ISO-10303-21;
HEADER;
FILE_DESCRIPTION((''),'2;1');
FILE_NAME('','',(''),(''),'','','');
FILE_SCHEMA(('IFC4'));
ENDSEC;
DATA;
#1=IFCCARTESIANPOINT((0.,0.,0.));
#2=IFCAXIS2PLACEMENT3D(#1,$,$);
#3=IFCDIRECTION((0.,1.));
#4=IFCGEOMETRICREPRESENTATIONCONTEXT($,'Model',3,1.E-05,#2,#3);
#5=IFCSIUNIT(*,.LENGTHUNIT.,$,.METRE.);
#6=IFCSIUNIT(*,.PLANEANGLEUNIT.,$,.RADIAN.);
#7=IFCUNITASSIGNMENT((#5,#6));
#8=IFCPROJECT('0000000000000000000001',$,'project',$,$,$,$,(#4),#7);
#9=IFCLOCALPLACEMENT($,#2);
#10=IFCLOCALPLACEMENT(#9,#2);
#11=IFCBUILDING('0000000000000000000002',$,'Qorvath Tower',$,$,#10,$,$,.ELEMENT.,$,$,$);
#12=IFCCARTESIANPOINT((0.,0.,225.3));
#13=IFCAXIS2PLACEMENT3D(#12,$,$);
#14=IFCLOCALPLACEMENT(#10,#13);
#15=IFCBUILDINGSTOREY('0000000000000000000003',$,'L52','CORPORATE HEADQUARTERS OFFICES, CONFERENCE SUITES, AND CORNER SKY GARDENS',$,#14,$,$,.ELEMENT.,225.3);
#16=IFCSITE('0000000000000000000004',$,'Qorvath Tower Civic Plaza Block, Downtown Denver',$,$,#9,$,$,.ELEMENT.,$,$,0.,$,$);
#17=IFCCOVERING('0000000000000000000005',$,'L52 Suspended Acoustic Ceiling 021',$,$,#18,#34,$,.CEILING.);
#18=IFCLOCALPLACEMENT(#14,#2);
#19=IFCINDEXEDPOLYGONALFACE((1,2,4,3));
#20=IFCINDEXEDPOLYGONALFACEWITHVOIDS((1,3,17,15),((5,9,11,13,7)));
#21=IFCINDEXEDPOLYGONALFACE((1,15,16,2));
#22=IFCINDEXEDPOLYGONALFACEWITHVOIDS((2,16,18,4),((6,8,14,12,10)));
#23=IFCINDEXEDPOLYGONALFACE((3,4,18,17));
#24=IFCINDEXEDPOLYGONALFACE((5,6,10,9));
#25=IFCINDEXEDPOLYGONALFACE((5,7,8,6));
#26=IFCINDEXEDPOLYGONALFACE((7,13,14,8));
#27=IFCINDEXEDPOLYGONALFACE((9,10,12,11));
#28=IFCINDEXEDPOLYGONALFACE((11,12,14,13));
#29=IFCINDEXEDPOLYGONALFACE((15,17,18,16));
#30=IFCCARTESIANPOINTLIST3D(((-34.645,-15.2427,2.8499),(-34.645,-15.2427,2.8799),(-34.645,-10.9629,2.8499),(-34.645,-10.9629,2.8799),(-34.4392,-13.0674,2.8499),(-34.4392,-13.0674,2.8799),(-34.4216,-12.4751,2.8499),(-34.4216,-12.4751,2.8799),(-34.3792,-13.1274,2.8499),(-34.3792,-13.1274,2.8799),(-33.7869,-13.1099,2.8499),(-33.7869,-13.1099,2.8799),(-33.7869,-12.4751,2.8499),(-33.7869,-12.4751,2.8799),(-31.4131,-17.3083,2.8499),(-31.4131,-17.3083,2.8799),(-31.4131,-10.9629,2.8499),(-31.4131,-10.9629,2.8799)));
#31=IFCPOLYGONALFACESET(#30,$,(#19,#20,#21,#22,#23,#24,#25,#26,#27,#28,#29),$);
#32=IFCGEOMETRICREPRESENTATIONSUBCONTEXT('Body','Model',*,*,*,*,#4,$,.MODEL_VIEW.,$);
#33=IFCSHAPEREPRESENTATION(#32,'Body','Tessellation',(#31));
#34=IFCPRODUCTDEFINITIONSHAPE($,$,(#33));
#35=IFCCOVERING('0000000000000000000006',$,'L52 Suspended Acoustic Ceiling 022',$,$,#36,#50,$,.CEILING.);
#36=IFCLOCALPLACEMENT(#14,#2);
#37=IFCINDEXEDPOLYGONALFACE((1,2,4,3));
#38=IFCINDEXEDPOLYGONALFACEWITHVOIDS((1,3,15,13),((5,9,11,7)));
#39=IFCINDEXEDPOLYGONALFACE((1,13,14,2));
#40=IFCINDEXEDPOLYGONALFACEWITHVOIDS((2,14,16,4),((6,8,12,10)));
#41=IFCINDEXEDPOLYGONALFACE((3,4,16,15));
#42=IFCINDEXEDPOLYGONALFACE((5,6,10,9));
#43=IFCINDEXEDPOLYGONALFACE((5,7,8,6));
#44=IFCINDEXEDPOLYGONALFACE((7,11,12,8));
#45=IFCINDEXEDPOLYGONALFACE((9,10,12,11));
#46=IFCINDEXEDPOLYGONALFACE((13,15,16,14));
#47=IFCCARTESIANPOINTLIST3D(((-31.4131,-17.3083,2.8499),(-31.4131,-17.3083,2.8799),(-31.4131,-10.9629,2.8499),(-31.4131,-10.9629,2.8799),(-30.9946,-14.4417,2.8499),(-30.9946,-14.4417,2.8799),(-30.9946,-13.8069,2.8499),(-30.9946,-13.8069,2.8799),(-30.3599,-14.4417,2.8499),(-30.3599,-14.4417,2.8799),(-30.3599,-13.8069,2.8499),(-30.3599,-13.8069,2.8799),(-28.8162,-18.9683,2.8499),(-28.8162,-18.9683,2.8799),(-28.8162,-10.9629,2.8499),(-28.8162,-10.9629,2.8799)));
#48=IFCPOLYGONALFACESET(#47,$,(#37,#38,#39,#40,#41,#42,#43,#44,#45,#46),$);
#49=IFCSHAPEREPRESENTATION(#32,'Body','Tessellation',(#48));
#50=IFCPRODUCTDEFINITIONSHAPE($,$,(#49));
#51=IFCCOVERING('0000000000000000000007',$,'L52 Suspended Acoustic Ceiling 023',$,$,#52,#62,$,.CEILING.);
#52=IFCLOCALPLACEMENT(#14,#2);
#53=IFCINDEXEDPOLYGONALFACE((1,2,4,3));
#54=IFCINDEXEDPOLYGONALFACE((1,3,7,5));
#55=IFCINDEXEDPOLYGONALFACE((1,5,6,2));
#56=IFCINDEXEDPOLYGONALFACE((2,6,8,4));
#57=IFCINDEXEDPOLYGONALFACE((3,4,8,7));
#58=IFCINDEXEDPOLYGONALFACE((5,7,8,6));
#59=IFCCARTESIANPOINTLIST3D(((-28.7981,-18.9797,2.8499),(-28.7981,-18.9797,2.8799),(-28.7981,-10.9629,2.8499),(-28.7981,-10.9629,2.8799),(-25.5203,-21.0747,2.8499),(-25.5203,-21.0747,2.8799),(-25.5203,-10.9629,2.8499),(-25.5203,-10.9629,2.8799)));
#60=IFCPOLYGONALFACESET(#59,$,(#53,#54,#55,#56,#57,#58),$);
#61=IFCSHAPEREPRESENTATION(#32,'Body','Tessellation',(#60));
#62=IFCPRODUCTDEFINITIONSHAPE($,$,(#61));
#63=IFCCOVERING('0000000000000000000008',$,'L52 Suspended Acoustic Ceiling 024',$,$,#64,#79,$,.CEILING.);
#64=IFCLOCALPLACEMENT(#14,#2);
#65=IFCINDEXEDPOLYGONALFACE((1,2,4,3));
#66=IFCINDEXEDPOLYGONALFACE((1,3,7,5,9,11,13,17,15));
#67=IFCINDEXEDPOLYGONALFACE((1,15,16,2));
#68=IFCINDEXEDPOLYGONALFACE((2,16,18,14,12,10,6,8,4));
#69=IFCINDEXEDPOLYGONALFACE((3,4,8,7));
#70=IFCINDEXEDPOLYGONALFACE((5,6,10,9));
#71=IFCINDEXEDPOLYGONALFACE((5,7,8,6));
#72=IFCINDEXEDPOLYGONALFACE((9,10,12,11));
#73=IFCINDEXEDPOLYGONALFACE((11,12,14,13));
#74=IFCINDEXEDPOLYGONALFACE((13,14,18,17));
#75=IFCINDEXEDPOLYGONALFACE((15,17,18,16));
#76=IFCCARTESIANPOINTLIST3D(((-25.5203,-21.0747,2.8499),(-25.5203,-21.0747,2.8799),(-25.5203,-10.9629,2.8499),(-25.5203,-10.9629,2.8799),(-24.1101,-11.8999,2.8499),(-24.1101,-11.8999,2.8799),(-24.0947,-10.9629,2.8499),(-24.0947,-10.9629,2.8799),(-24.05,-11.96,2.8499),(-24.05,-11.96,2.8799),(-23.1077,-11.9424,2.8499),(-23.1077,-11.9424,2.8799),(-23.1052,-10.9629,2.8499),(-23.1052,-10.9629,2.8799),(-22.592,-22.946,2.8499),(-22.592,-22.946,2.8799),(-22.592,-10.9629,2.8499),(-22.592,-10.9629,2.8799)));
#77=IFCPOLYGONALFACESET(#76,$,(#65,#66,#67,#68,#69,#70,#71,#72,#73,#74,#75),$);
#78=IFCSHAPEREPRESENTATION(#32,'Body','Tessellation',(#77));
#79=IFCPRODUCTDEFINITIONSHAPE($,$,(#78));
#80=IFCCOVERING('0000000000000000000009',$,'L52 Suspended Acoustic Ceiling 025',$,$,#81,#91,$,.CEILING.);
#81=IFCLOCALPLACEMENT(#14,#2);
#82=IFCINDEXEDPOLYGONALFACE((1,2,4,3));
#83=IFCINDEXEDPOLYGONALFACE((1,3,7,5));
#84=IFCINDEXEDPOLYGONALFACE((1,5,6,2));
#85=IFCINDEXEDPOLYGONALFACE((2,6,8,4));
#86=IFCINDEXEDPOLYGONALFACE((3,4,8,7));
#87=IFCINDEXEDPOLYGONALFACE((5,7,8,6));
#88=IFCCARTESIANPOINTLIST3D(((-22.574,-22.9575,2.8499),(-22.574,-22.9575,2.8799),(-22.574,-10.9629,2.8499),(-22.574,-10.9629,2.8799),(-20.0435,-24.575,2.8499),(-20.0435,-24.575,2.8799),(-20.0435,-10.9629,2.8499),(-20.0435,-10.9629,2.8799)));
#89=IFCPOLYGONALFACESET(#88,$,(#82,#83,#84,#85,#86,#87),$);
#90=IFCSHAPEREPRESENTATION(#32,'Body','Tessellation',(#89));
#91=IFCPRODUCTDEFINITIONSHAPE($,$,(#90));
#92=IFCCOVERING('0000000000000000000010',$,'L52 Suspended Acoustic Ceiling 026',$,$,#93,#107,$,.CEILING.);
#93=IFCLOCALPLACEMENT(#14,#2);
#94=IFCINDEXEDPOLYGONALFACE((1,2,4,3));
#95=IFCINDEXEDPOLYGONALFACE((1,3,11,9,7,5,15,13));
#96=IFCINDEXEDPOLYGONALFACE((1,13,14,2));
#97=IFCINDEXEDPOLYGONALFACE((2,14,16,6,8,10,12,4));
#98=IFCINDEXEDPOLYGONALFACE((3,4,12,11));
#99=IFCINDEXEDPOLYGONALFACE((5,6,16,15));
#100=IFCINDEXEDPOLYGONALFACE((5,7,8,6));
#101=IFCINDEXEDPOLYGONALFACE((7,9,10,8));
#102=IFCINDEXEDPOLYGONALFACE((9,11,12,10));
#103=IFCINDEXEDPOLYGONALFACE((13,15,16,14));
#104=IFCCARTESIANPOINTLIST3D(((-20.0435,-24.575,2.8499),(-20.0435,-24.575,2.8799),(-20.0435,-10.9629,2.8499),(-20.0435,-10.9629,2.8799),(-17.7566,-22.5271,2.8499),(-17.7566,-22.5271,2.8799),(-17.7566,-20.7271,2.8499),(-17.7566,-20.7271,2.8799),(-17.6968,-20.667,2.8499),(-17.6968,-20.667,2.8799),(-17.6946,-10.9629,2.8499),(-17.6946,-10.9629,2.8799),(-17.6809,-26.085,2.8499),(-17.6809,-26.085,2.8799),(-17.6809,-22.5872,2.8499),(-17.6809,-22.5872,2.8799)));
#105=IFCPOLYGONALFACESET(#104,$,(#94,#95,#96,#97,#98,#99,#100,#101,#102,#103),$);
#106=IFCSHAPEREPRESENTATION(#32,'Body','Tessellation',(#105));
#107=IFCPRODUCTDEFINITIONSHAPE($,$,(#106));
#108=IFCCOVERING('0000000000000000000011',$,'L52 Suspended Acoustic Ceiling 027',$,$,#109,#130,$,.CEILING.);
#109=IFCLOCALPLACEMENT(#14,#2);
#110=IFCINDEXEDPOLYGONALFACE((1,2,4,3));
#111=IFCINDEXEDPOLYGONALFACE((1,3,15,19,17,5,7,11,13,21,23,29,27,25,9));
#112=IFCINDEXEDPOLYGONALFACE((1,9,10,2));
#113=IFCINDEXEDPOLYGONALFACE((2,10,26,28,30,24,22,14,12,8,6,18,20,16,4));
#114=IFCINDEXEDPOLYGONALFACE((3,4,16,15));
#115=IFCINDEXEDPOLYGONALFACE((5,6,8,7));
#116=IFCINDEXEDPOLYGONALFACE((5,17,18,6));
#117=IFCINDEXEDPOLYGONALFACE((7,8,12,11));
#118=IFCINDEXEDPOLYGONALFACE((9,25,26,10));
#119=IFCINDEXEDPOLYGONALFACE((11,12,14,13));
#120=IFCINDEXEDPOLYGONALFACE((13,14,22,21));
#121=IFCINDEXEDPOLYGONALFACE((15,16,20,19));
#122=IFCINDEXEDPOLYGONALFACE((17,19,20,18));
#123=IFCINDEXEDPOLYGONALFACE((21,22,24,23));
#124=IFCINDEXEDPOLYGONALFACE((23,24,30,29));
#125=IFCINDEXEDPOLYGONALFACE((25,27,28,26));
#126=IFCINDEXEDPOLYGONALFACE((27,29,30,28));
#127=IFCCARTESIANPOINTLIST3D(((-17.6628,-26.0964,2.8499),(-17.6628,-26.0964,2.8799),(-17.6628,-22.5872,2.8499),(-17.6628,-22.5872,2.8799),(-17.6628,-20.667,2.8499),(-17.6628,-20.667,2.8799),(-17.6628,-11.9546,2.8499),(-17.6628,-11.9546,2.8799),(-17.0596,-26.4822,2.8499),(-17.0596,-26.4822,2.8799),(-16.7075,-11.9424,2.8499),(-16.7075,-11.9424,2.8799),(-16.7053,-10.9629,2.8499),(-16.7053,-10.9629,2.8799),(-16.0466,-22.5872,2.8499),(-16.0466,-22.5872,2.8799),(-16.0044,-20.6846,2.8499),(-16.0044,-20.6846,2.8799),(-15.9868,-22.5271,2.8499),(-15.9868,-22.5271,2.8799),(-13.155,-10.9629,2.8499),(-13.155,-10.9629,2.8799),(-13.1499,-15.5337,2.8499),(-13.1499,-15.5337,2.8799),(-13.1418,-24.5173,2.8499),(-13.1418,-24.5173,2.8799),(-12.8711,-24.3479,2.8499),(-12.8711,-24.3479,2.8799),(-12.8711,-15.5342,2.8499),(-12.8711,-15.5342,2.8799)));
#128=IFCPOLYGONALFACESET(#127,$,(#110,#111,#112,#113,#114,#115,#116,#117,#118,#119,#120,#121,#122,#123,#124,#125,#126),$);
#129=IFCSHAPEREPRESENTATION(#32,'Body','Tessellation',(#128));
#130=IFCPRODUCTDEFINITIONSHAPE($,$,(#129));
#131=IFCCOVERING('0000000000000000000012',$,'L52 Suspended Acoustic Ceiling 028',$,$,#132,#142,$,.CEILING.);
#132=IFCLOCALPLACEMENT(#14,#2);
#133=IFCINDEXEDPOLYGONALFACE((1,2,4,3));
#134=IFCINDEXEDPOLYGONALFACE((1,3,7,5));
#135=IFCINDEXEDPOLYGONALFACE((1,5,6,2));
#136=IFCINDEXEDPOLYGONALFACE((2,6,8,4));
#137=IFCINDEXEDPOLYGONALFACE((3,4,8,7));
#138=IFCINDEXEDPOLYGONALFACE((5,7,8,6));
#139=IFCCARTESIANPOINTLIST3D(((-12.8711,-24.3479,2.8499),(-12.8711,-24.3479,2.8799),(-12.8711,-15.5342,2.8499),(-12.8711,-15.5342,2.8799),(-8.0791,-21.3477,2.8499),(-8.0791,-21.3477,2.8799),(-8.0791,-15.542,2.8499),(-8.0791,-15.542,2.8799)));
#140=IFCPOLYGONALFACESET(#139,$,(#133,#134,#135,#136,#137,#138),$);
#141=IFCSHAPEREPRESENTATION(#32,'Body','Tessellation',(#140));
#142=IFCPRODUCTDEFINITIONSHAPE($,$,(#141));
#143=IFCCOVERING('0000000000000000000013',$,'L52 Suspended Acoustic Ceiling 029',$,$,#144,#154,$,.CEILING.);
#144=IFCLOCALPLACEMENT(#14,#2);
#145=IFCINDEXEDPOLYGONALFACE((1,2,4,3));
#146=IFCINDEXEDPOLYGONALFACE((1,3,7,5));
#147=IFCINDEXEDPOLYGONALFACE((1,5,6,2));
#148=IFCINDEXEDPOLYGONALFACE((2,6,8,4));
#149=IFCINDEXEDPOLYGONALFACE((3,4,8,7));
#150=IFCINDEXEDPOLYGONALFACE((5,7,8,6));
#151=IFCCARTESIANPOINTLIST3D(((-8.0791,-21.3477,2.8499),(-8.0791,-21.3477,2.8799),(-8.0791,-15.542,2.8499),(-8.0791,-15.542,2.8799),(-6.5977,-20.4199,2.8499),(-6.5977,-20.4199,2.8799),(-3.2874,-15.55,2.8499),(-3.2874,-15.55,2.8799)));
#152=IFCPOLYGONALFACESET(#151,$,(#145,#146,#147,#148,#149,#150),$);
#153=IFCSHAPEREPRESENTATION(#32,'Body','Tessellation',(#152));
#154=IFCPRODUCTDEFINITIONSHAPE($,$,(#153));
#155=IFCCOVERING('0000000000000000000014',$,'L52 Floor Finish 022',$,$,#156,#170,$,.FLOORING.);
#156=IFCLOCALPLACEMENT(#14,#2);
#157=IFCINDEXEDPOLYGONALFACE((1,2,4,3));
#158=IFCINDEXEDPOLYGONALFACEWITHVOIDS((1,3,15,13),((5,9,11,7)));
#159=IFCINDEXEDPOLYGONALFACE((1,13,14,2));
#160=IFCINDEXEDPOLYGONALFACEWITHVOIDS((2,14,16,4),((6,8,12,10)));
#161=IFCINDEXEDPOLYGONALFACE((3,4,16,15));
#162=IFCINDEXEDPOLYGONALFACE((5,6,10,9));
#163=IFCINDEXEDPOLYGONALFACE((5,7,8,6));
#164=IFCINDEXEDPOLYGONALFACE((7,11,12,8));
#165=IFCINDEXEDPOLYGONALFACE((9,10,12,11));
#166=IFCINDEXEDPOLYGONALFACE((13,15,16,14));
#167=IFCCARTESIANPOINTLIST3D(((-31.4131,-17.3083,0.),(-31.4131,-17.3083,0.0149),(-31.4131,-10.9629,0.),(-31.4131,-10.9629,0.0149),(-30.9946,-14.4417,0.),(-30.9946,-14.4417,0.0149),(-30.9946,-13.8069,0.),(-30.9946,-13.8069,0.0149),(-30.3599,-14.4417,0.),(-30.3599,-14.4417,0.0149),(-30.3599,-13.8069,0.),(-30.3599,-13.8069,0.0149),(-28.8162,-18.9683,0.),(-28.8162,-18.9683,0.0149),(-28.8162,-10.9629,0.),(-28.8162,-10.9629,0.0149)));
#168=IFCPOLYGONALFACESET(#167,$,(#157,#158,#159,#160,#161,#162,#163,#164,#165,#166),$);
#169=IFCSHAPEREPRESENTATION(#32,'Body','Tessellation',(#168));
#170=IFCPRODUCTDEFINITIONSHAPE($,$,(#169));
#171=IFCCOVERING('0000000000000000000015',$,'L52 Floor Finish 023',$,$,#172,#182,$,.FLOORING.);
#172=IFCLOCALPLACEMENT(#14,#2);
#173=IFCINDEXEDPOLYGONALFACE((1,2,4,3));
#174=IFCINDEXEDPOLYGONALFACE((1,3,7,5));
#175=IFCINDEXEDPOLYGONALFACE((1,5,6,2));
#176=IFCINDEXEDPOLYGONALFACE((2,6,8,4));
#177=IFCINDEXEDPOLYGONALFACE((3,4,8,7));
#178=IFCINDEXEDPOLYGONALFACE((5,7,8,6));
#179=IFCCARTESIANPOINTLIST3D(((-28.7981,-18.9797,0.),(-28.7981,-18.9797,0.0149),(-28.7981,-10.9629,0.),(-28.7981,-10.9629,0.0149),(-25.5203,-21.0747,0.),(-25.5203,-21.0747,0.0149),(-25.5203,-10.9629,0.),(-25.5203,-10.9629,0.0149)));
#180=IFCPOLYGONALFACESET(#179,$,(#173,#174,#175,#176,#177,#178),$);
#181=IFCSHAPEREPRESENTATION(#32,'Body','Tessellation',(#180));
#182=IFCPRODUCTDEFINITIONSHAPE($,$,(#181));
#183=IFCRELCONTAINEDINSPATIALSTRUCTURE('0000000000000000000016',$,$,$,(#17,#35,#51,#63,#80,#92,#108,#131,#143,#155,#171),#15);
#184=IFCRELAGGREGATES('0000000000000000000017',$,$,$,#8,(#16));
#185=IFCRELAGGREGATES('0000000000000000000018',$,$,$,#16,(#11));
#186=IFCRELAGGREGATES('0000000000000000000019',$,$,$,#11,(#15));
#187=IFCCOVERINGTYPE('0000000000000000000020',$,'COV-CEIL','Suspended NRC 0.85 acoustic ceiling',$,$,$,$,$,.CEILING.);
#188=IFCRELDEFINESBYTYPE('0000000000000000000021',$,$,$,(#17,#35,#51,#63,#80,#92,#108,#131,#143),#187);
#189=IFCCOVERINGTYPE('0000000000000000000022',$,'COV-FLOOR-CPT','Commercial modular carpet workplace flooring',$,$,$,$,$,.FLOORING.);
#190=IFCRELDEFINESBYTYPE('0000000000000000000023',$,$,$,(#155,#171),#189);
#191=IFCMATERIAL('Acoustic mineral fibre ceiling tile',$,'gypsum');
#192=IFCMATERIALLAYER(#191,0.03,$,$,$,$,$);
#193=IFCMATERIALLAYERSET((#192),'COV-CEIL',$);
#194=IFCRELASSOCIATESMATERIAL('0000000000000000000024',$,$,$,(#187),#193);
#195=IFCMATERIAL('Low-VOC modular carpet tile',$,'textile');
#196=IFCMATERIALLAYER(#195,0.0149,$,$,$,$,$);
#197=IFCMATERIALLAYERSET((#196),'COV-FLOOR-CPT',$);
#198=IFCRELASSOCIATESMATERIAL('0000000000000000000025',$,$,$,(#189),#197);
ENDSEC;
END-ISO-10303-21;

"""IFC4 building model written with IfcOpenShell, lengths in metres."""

from ifc_helpers import new_model, si_unit, direction, frame, origin, place, context, subcontext, project, spatial, polyline, outline, extrude, material, layer, layer_set, type_object, element, save


model = new_model("IFC4")

# Units and contexts
model_context = context("Model", 3, precision=1e-05, world=origin(), true_north=direction((0.0, 1.0)))
body_context = subcontext(model_context, "Body", "Model", "MODEL_VIEW")
ifc_project = project(units=[si_unit("LENGTHUNIT", "METRE"), si_unit("PLANEANGLEUNIT", "RADIAN")], contexts=[model_context])

# Site, building, storey
site_placement = place(None, origin())
site = spatial("IfcSite", under=ifc_project, at=site_placement, Name="Qorvath Tower Civic Plaza Block, Downtown Denver", CompositionType="ELEMENT", RefElevation=0.0)
building_placement = place(site_placement, origin())
building = spatial("IfcBuilding", under=site, at=building_placement, Name="Qorvath Tower", CompositionType="ELEMENT")
storey_placement = place(building_placement, frame((0.0, 0.0, 225.3)))
storey = spatial("IfcBuildingStorey", under=building, at=storey_placement, Name="L52", Description="CORPORATE HEADQUARTERS OFFICES, CONFERENCE SUITES, AND CORNER SKY GARDENS", CompositionType="ELEMENT", Elevation=225.3)

# Coverings
ifc_material_1 = material(Name="Acoustic mineral fibre ceiling tile", Category="gypsum")
ifc_layer_1 = layer(ifc_material_1, 0.03)
ifc_layer_set_1 = layer_set([ifc_layer_1], Name="COV-CEIL")
covering_type_1 = type_object("IfcCoveringType", Name="COV-CEIL", Description="Suspended NRC 0.85 acoustic ceiling", PredefinedType="CEILING", material=ifc_layer_set_1)
covering_1_placement = place(storey_placement, frame((0.0, 0.0, 2.8499)))
element("IfcCovering", 1, at=covering_1_placement, inside=storey, type_object=covering_type_1, Name="L52 Suspended Acoustic Ceiling 021", PredefinedType="CEILING", context=body_context, shape_type="SweptSolid", body=[
    extrude(outline(polyline([(-34.645, -10.9629), (-34.645, -15.2427), (-31.4131, -17.3083), (-31.4131, -10.9629), (-34.645, -10.9629)]), holes=[polyline([(-34.4392, -13.0674), (-34.4216, -12.4751), (-33.7869, -12.4751), (-33.7869, -13.1099), (-34.3792, -13.1274), (-34.4392, -13.0674)])]), origin(), (0.0, 0.0, 1.0), 0.03),
])
covering_2_placement = place(storey_placement, frame((0.0, 0.0, 2.8499)))
element("IfcCovering", 2, at=covering_2_placement, inside=storey, type_object=covering_type_1, Name="L52 Suspended Acoustic Ceiling 022", PredefinedType="CEILING", context=body_context, shape_type="SweptSolid", body=[
    extrude(outline(polyline([(-31.4131, -10.9629), (-31.4131, -17.3083), (-28.8162, -18.9683), (-28.8162, -10.9629), (-31.4131, -10.9629)]), holes=[polyline([(-30.9946, -14.4417), (-30.9946, -13.8069), (-30.3599, -13.8069), (-30.3599, -14.4417), (-30.9946, -14.4417)])]), origin(), (0.0, 0.0, 1.0), 0.03),
])
covering_3_placement = place(storey_placement, frame((0.0, 0.0, 2.8499)))
element("IfcCovering", 3, at=covering_3_placement, inside=storey, type_object=covering_type_1, Name="L52 Suspended Acoustic Ceiling 023", PredefinedType="CEILING", context=body_context, shape_type="SweptSolid", body=[
    extrude(outline(polyline([(-28.7981, -10.9629), (-28.7981, -18.9797), (-25.5203, -21.0747), (-25.5203, -10.9629), (-28.7981, -10.9629)])), origin(), (0.0, 0.0, 1.0), 0.03),
])
covering_4_placement = place(storey_placement, frame((0.0, 0.0, 2.8499)))
element("IfcCovering", 4, at=covering_4_placement, inside=storey, type_object=covering_type_1, Name="L52 Suspended Acoustic Ceiling 024", PredefinedType="CEILING", context=body_context, shape_type="SweptSolid", body=[
    extrude(outline(polyline([(-25.5203, -10.9629), (-25.5203, -21.0747), (-22.592, -22.946), (-22.592, -10.9629), (-23.1052, -10.9629), (-23.1077, -11.9424), (-24.05, -11.96), (-24.1101, -11.8999), (-24.0947, -10.9629), (-25.5203, -10.9629)])), origin(), (0.0, 0.0, 1.0), 0.03),
])
covering_5_placement = place(storey_placement, frame((0.0, 0.0, 2.8499)))
element("IfcCovering", 5, at=covering_5_placement, inside=storey, type_object=covering_type_1, Name="L52 Suspended Acoustic Ceiling 025", PredefinedType="CEILING", context=body_context, shape_type="SweptSolid", body=[
    extrude(outline(polyline([(-20.0435, -24.575), (-20.0435, -10.9629), (-22.574, -10.9629), (-22.574, -22.9575), (-20.0435, -24.575)])), origin(), (0.0, 0.0, 1.0), 0.03),
])
covering_6_placement = place(storey_placement, frame((0.0, 0.0, 2.8499)))
element("IfcCovering", 6, at=covering_6_placement, inside=storey, type_object=covering_type_1, Name="L52 Suspended Acoustic Ceiling 026", PredefinedType="CEILING", context=body_context, shape_type="SweptSolid", body=[
    extrude(outline(polyline([(-17.6968, -20.667), (-17.6946, -10.9629), (-20.0435, -10.9629), (-20.0435, -24.575), (-17.6809, -26.085), (-17.6809, -22.5872), (-17.7566, -22.5271), (-17.7566, -20.7271), (-17.6968, -20.667)])), origin(), (0.0, 0.0, 1.0), 0.03),
])
covering_7_placement = place(storey_placement, frame((0.0, 0.0, 2.8499)))
element("IfcCovering", 7, at=covering_7_placement, inside=storey, type_object=covering_type_1, Name="L52 Suspended Acoustic Ceiling 027", PredefinedType="CEILING", context=body_context, shape_type="SweptSolid", body=[
    extrude(outline(polyline([(-17.6628, -26.0964), (-17.0596, -26.4822), (-13.1418, -24.5173), (-12.8711, -24.3479), (-12.8711, -15.5342), (-13.1499, -15.5337), (-13.155, -10.9629), (-16.7053, -10.9629), (-16.7075, -11.9424), (-17.6628, -11.9546), (-17.6628, -20.667), (-16.0044, -20.6846), (-15.9868, -22.5271), (-16.0466, -22.5872), (-17.6628, -22.5872), (-17.6628, -26.0964)])), origin(), (0.0, 0.0, 1.0), 0.03),
])
covering_8_placement = place(storey_placement, frame((0.0, 0.0, 2.8499)))
element("IfcCovering", 8, at=covering_8_placement, inside=storey, type_object=covering_type_1, Name="L52 Suspended Acoustic Ceiling 028", PredefinedType="CEILING", context=body_context, shape_type="SweptSolid", body=[
    extrude(outline(polyline([(-12.8711, -15.5342), (-12.8711, -24.3479), (-8.0791, -21.3477), (-8.0791, -15.542), (-12.8711, -15.5342)])), origin(), (0.0, 0.0, 1.0), 0.03),
])
covering_9_placement = place(storey_placement, frame((0.0, 0.0, 2.8499)))
element("IfcCovering", 9, at=covering_9_placement, inside=storey, type_object=covering_type_1, Name="L52 Suspended Acoustic Ceiling 029", PredefinedType="CEILING", context=body_context, shape_type="SweptSolid", body=[
    extrude(outline(polyline([(-8.0791, -15.542), (-8.0791, -21.3477), (-6.5977, -20.4199), (-3.2874, -15.55), (-8.0791, -15.542)])), origin(), (0.0, 0.0, 1.0), 0.03),
])
ifc_material_2 = material(Name="Low-VOC modular carpet tile", Category="textile")
ifc_layer_2 = layer(ifc_material_2, 0.0149)
ifc_layer_set_2 = layer_set([ifc_layer_2], Name="COV-FLOOR-CPT")
covering_type_2 = type_object("IfcCoveringType", Name="COV-FLOOR-CPT", Description="Commercial modular carpet workplace flooring", PredefinedType="FLOORING", material=ifc_layer_set_2)
covering_10_placement = place(storey_placement, origin())
element("IfcCovering", 10, at=covering_10_placement, inside=storey, type_object=covering_type_2, Name="L52 Floor Finish 022", PredefinedType="FLOORING", context=body_context, shape_type="SweptSolid", body=[
    extrude(outline(polyline([(-31.4131, -10.9629), (-31.4131, -17.3083), (-28.8162, -18.9683), (-28.8162, -10.9629), (-31.4131, -10.9629)]), holes=[polyline([(-30.9946, -14.4417), (-30.9946, -13.8069), (-30.3599, -13.8069), (-30.3599, -14.4417), (-30.9946, -14.4417)])]), origin(), (0.0, 0.0, 1.0), 0.0149),
])
covering_11_placement = place(storey_placement, origin())
element("IfcCovering", 11, at=covering_11_placement, inside=storey, type_object=covering_type_2, Name="L52 Floor Finish 023", PredefinedType="FLOORING", context=body_context, shape_type="SweptSolid", body=[
    extrude(outline(polyline([(-28.7981, -10.9629), (-28.7981, -18.9797), (-25.5203, -21.0747), (-25.5203, -10.9629), (-28.7981, -10.9629)])), origin(), (0.0, 0.0, 1.0), 0.0149),
])

save(model, "model.ifc")
